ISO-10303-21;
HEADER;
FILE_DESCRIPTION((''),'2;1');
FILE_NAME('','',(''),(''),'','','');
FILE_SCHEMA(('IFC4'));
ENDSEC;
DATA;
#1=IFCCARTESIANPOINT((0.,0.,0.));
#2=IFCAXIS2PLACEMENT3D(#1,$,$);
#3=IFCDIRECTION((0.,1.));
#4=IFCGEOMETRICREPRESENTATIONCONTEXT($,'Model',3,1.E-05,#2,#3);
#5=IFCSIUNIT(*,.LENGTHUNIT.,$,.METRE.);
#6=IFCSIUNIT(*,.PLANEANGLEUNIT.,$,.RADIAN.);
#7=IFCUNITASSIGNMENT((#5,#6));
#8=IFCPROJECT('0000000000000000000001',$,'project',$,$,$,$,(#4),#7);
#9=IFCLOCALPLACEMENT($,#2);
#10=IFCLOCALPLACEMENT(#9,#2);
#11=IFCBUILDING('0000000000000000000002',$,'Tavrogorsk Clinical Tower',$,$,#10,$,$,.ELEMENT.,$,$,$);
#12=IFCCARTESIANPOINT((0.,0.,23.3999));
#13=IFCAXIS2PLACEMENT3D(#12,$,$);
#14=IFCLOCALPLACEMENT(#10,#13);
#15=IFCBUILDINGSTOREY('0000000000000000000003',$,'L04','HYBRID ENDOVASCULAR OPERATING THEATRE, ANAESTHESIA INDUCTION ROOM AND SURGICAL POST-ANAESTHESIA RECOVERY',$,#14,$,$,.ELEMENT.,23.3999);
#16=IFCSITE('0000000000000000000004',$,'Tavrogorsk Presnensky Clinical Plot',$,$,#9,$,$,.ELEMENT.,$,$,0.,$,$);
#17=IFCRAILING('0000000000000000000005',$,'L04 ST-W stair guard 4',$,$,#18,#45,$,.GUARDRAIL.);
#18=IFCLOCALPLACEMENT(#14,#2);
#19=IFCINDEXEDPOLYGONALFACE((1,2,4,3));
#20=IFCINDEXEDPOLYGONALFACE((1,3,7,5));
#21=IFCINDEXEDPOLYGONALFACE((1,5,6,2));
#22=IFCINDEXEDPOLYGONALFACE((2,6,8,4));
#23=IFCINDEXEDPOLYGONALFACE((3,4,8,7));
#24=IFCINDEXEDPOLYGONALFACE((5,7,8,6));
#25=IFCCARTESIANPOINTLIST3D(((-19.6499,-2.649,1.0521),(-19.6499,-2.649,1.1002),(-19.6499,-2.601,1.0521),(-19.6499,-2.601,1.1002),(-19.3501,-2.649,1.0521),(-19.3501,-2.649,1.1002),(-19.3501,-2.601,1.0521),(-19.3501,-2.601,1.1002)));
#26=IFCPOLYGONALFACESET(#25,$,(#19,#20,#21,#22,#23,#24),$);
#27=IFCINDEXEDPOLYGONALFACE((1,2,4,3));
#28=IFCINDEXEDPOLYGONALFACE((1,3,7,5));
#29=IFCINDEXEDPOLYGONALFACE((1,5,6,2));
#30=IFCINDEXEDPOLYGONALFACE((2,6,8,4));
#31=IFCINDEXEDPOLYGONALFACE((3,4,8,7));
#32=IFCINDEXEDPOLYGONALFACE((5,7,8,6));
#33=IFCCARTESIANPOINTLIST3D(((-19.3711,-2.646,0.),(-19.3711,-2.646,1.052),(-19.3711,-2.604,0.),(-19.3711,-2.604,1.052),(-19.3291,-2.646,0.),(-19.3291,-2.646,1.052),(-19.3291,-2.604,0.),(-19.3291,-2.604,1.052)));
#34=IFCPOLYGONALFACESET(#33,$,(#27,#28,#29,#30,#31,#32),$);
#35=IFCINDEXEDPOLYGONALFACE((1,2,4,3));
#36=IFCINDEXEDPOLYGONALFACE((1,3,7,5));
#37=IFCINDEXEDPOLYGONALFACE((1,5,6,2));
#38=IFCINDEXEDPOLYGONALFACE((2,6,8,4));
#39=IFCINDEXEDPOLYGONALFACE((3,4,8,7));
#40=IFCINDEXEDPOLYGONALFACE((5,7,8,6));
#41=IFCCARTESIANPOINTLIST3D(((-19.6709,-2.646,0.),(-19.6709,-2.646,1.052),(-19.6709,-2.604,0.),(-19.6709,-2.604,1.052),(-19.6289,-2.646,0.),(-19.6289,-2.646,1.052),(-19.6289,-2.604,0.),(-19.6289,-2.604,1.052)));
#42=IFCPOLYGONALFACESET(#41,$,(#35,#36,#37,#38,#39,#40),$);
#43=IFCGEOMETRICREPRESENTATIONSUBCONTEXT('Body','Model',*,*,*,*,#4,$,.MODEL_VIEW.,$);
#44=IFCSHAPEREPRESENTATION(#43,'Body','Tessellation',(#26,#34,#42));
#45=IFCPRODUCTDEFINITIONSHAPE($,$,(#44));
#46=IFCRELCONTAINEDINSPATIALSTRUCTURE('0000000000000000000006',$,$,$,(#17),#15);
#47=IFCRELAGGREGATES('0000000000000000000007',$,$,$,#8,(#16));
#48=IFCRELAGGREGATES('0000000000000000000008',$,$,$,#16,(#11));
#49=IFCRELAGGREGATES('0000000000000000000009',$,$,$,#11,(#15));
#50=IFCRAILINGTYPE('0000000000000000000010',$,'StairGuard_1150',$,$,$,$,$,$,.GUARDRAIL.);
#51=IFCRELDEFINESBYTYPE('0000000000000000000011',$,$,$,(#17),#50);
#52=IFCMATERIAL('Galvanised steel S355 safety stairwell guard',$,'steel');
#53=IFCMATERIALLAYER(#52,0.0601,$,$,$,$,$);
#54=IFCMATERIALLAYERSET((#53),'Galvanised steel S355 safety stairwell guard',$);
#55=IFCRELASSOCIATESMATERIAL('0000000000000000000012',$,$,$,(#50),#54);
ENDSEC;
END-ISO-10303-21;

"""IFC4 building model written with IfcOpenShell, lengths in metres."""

from ifc_helpers import new_model, si_unit, direction, frame, origin, origin_2d, place, context, subcontext, project, spatial, rectangle, extrude, material, layer, layer_set, type_object, element, save


model = new_model("IFC4")

# Units and contexts
model_context = context("Model", 3, precision=1e-05, world=origin(), true_north=direction((0.0, 1.0)))
body_context = subcontext(model_context, "Body", "Model", "MODEL_VIEW")
ifc_project = project(units=[si_unit("LENGTHUNIT", "METRE"), si_unit("PLANEANGLEUNIT", "RADIAN")], contexts=[model_context])

# Site, building, storey
site_placement = place(None, origin())
site = spatial("IfcSite", under=ifc_project, at=site_placement, Name="Tavrogorsk Presnensky Clinical Plot", CompositionType="ELEMENT", RefElevation=0.0)
building_placement = place(site_placement, origin())
building = spatial("IfcBuilding", under=site, at=building_placement, Name="Tavrogorsk Clinical Tower", CompositionType="ELEMENT")
storey_placement = place(building_placement, frame((0.0, 0.0, 23.3999)))
storey = spatial("IfcBuildingStorey", under=building, at=storey_placement, Name="L04", Description="HYBRID ENDOVASCULAR OPERATING THEATRE, ANAESTHESIA INDUCTION ROOM AND SURGICAL POST-ANAESTHESIA RECOVERY", CompositionType="ELEMENT", Elevation=23.3999)

# Railing
ifc_material_1 = material(Name="Galvanised steel S355 safety stairwell guard", Category="steel")
ifc_layer_1 = layer(ifc_material_1, 0.0601)
ifc_layer_set_1 = layer_set([ifc_layer_1], Name="Galvanised steel S355 safety stairwell guard")
railing_type = type_object("IfcRailingType", Name="StairGuard_1150", PredefinedType="GUARDRAIL", material=ifc_layer_set_1)
railing_placement = place(storey_placement, frame((-19.3501, -2.625, 0.0)))
element("IfcRailing", 1, at=railing_placement, inside=storey, type_object=railing_type, Name="L04 ST-W stair guard 4", PredefinedType="GUARDRAIL", context=body_context, shape_type="SweptSolid", body=[
    extrude(rectangle(XDim=0.0481, YDim=0.0481, at=origin_2d()), frame((0.0, 0.0, 1.0762), z_axis=(-1.0, 0.0, 0.0), x_axis=(0.0, -1.0, 0.0)), (0.0, 0.0, 1.0), 0.2998),
    extrude(rectangle(XDim=0.042, YDim=0.042, at=origin_2d()), origin(), (0.0, 0.0, 1.0), 1.052),
    extrude(rectangle(XDim=0.042, YDim=0.042, at=origin_2d()), frame((-0.2998, 0.0, 0.0)), (0.0, 0.0, 1.0), 1.052),
])

save(model, "model.ifc")
